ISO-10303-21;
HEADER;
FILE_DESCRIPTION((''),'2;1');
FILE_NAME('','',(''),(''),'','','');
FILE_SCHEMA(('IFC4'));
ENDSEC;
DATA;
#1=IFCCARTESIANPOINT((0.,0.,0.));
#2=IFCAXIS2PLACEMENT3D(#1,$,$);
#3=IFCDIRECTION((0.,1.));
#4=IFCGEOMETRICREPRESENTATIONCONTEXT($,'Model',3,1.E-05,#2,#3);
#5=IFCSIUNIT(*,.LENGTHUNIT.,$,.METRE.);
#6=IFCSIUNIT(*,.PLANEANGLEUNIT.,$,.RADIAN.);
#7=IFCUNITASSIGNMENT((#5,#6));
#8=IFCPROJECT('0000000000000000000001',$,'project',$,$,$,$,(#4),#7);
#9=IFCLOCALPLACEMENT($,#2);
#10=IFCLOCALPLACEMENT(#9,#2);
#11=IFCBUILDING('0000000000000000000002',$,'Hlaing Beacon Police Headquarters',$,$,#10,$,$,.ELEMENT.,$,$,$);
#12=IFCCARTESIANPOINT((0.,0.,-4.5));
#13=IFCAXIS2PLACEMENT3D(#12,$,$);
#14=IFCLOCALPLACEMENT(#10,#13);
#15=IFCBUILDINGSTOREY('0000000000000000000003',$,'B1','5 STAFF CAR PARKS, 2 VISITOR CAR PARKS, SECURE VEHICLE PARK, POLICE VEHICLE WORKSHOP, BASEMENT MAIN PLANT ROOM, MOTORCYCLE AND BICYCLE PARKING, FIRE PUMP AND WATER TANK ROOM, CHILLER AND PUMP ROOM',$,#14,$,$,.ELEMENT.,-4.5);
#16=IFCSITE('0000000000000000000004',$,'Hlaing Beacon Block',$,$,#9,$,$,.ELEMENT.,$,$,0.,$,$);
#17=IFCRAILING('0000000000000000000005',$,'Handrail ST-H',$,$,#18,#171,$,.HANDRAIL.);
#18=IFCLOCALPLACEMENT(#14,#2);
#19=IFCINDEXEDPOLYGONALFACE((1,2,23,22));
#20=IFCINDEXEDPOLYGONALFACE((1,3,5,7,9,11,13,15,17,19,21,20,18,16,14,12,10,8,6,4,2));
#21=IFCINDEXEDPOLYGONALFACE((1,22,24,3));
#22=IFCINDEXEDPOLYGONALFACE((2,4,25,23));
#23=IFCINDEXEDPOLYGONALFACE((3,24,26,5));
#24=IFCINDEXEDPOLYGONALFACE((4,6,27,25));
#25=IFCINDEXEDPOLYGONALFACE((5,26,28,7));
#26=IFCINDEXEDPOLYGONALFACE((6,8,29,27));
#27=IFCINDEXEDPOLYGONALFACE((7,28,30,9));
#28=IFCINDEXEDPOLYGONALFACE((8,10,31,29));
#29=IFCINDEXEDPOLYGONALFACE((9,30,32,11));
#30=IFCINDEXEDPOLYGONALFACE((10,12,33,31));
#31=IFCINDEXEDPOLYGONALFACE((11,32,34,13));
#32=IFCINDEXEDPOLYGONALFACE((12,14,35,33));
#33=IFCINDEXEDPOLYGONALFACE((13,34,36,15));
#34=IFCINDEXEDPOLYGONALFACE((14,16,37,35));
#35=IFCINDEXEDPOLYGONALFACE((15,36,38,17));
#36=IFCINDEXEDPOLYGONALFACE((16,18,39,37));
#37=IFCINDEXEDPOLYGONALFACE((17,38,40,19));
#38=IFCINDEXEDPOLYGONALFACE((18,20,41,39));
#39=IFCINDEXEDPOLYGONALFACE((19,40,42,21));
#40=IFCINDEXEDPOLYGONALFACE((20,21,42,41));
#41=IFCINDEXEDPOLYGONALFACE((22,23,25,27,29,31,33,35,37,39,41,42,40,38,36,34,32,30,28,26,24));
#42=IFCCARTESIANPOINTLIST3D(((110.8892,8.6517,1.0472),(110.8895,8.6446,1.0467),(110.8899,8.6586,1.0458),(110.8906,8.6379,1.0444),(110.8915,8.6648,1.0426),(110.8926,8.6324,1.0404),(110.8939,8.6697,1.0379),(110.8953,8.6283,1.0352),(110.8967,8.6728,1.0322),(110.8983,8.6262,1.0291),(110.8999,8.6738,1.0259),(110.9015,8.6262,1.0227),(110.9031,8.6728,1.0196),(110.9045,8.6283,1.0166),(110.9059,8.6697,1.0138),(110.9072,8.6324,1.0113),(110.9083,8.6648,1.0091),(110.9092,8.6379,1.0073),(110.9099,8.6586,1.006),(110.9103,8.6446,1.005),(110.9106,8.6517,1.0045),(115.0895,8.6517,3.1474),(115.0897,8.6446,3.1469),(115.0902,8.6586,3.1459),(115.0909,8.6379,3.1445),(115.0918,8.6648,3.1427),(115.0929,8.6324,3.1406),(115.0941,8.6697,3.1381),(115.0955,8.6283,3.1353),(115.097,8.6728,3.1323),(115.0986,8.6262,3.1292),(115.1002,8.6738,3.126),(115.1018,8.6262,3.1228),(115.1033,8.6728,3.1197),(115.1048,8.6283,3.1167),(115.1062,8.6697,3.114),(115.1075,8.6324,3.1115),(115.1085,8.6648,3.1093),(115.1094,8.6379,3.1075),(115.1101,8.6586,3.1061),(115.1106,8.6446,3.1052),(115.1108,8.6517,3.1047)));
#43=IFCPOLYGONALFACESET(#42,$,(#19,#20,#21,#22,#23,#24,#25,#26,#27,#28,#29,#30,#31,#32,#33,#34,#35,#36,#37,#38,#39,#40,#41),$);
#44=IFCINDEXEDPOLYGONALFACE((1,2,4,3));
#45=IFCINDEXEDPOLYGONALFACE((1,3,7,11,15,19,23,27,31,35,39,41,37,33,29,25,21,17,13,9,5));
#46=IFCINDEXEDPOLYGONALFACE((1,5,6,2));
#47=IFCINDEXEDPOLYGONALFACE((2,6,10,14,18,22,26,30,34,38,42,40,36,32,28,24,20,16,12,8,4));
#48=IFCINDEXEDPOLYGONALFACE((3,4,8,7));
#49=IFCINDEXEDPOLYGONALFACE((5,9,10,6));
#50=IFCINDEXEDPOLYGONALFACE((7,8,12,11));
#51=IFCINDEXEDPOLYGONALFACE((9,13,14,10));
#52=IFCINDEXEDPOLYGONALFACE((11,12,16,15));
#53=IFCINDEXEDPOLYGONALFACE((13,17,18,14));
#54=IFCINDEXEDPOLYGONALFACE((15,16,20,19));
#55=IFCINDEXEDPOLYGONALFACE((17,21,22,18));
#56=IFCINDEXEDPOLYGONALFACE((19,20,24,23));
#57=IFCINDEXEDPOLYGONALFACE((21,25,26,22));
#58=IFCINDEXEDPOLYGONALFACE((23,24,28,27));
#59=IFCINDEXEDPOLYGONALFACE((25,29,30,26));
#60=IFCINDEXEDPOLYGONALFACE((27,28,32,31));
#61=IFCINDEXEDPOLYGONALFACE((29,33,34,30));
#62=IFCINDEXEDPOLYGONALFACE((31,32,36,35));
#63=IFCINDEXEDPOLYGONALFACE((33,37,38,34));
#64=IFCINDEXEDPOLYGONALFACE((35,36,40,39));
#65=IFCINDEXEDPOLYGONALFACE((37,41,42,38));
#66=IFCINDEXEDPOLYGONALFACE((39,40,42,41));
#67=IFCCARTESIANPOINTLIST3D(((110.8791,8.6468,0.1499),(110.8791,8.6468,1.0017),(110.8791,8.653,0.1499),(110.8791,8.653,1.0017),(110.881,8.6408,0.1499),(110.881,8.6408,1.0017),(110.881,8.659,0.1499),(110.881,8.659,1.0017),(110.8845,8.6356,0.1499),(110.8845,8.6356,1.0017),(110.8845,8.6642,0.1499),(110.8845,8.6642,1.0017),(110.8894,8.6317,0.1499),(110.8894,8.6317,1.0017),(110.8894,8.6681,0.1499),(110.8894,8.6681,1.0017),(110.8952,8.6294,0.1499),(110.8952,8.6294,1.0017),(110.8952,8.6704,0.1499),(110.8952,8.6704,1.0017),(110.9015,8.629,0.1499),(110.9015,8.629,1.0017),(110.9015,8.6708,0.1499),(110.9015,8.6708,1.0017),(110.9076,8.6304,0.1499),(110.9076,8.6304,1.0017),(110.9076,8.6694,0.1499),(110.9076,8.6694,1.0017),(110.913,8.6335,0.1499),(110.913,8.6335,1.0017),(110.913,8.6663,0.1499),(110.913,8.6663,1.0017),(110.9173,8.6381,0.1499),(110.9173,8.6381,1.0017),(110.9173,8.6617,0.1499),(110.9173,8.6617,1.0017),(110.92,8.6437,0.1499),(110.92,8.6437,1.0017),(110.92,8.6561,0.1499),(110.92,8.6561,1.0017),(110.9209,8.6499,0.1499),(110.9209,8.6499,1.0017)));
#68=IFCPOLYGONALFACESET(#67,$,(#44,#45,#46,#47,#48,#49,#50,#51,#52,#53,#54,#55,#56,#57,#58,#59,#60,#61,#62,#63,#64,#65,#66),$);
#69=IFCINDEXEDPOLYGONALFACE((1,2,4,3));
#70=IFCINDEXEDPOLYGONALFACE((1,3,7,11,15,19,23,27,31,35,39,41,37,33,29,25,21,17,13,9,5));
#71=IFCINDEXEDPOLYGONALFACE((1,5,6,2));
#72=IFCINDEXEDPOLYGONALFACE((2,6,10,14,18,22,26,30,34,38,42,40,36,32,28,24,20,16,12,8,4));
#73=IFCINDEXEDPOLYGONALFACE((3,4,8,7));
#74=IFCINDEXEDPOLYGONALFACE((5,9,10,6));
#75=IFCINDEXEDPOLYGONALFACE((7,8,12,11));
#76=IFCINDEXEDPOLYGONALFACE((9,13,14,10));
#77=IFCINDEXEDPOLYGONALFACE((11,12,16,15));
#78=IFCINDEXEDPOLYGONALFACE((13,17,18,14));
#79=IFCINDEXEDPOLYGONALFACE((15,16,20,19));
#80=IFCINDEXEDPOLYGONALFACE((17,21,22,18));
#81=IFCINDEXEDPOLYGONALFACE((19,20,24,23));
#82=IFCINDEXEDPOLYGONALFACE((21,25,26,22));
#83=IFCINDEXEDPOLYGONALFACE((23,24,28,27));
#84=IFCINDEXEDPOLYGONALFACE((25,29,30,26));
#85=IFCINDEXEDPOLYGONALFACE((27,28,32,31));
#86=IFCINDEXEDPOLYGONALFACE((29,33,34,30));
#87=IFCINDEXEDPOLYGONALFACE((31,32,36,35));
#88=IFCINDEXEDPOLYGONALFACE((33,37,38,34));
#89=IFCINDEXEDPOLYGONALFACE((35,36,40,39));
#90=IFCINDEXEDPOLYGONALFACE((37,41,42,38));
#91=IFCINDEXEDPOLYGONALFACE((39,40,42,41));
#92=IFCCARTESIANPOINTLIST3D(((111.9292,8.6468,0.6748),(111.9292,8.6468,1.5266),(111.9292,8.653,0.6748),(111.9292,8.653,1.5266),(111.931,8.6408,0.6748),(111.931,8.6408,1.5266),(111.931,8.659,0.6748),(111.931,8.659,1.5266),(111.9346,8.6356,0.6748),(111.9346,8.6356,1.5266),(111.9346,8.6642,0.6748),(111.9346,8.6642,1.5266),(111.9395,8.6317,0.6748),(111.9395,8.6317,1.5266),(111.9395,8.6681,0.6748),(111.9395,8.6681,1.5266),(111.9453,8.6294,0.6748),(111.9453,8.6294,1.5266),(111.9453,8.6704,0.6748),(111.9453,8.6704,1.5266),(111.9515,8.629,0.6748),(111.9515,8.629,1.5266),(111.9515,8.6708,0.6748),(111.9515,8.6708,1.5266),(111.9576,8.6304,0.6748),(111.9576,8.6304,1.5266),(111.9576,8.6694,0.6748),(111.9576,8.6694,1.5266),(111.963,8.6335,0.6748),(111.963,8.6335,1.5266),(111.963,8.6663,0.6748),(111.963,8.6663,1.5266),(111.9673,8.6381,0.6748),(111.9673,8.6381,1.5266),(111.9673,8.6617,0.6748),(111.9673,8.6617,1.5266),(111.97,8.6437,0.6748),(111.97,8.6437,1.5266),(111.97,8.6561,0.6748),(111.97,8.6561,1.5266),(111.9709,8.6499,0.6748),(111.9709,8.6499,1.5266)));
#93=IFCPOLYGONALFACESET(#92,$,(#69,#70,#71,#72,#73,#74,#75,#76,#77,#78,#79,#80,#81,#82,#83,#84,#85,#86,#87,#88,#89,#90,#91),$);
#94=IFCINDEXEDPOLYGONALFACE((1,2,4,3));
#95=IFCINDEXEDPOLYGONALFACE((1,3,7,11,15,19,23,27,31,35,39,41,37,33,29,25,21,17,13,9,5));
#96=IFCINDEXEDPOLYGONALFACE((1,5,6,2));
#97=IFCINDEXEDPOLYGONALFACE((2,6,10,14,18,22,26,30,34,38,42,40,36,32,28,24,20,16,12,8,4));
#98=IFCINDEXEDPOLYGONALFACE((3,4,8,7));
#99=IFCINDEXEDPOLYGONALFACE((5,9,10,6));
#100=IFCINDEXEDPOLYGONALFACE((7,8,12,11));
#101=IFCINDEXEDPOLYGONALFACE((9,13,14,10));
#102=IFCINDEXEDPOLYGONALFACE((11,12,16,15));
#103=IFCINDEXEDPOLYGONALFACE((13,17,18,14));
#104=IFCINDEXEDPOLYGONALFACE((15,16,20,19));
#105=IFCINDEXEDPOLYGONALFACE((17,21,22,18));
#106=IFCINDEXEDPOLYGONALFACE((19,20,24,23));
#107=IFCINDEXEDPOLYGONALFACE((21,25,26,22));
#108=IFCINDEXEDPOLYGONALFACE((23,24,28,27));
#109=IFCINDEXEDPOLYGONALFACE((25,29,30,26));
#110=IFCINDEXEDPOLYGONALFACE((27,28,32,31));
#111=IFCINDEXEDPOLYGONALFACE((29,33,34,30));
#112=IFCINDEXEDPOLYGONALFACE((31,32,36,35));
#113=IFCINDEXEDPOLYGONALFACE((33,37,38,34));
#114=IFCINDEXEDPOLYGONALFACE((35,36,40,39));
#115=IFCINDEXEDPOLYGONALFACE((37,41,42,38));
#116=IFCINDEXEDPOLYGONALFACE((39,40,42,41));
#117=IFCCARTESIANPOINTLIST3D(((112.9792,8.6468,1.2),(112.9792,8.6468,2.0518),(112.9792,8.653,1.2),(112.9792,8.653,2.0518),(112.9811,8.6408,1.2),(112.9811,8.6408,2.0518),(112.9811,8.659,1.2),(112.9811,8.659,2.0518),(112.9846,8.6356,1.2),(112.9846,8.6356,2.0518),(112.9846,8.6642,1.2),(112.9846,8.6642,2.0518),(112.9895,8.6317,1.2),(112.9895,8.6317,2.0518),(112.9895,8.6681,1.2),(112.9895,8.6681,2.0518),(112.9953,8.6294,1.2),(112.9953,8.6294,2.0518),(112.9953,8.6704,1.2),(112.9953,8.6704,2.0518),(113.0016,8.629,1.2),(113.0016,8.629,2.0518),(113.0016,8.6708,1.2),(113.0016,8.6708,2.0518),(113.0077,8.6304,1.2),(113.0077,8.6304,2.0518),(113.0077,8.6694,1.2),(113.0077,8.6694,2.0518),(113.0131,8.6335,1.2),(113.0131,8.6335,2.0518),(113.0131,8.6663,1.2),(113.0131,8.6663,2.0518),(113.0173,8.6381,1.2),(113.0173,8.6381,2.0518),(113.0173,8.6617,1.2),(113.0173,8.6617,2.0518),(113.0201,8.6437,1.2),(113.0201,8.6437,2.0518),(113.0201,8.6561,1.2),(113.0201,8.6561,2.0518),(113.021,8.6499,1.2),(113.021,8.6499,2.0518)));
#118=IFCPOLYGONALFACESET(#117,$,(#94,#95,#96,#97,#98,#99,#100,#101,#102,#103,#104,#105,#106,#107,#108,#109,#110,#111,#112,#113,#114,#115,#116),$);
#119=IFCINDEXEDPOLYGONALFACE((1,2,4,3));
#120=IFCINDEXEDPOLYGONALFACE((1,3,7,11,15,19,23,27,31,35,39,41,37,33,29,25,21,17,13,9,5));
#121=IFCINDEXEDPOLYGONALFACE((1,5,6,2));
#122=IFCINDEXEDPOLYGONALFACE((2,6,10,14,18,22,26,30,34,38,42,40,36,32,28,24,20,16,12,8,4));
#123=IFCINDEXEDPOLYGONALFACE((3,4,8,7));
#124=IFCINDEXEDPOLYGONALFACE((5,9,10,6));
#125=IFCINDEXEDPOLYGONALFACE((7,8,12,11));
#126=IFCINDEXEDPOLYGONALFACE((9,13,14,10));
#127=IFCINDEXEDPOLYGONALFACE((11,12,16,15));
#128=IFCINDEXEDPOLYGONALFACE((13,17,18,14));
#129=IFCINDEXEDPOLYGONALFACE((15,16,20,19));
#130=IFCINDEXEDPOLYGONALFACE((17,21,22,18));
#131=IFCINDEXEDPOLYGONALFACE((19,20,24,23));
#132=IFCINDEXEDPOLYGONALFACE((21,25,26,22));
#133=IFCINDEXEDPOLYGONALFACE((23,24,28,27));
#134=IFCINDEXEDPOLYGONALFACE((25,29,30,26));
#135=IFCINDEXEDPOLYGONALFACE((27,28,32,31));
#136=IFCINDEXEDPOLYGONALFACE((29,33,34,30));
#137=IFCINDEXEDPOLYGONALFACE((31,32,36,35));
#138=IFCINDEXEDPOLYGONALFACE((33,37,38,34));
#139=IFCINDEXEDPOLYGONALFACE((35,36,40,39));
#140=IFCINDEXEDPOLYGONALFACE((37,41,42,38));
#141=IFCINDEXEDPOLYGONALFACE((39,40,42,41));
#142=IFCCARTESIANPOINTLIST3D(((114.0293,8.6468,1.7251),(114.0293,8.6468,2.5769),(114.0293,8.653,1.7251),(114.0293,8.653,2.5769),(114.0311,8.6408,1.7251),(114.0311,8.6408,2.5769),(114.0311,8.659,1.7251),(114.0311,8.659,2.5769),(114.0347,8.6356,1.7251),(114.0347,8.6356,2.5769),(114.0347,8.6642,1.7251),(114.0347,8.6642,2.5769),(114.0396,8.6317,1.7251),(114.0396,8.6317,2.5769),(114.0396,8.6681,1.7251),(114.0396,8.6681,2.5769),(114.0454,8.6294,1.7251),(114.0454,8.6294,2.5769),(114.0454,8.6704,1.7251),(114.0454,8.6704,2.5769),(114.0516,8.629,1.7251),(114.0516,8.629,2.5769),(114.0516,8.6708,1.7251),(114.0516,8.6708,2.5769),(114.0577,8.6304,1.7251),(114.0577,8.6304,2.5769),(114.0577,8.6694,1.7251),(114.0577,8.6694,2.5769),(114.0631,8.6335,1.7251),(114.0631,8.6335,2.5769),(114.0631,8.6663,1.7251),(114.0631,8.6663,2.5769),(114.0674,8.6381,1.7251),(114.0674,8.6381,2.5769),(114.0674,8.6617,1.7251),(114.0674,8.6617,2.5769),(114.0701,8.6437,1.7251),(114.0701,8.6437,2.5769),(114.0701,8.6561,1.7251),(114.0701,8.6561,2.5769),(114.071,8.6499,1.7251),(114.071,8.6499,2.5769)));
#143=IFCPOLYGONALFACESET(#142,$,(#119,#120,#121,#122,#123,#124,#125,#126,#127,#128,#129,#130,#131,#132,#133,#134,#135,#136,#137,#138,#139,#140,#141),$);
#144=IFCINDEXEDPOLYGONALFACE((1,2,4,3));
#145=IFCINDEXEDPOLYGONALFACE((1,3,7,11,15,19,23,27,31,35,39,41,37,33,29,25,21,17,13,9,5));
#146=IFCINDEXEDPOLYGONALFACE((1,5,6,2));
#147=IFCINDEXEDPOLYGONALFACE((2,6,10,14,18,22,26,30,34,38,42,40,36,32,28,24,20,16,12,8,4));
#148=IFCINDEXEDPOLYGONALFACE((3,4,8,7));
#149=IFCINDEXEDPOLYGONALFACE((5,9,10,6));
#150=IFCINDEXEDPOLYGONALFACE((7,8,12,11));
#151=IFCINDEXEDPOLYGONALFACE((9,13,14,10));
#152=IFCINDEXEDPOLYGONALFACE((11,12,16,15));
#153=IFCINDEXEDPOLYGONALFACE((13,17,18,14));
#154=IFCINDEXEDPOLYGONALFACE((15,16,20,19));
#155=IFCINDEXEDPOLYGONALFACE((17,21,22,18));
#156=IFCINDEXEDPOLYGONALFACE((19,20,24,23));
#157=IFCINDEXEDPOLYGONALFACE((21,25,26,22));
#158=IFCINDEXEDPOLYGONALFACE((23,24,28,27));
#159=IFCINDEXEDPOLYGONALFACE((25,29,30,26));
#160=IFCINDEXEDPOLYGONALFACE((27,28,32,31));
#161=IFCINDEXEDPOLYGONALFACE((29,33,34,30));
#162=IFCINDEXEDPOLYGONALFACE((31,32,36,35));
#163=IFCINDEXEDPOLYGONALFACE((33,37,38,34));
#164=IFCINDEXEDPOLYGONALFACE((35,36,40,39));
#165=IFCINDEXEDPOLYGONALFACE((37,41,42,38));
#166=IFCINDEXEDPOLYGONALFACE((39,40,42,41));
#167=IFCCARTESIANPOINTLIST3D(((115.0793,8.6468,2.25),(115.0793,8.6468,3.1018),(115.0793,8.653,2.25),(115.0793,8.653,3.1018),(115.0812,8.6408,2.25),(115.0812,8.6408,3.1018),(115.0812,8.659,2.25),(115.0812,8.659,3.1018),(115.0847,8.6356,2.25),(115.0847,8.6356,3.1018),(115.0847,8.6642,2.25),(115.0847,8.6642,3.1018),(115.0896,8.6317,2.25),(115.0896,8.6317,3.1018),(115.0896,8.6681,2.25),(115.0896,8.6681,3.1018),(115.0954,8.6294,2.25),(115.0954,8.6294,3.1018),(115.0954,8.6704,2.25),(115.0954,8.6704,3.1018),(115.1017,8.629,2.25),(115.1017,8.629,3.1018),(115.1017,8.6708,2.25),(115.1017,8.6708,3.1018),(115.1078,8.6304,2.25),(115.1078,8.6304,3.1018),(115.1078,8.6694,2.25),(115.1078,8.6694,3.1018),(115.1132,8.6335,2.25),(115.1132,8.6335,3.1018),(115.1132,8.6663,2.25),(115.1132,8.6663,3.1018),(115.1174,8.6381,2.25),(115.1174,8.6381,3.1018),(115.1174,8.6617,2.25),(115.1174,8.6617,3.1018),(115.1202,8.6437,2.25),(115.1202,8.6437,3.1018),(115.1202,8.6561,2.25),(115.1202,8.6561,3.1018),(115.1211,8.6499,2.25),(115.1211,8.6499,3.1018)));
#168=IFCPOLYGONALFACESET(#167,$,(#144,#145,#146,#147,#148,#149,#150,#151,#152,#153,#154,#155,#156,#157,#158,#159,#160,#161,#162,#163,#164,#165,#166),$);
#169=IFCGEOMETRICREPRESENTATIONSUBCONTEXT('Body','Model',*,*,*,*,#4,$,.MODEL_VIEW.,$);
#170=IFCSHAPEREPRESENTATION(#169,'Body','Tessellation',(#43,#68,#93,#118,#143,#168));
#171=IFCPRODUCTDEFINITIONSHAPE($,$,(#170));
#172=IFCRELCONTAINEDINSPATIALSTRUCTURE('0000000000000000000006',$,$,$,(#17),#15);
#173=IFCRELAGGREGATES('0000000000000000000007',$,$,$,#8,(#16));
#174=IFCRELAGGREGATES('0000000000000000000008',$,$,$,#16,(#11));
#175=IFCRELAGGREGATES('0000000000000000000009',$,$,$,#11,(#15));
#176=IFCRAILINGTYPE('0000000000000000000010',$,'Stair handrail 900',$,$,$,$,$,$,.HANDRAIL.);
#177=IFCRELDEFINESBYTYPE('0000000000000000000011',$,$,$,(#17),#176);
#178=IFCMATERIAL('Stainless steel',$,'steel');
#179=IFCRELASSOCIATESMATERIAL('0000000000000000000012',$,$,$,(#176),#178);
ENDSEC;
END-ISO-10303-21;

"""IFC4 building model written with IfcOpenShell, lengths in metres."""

from ifc_helpers import new_model, si_unit, direction, frame, origin, origin_2d, place, context, subcontext, project, spatial, circle, extrude, material, type_object, element, save


model = new_model("IFC4")

# Units and contexts
model_context = context("Model", 3, precision=1e-05, world=origin(), true_north=direction((0.0, 1.0)))
body_context = subcontext(model_context, "Body", "Model", "MODEL_VIEW")
ifc_project = project(units=[si_unit("LENGTHUNIT", "METRE"), si_unit("PLANEANGLEUNIT", "RADIAN")], contexts=[model_context])

# Site, building, storey
site_placement = place(None, origin())
site = spatial("IfcSite", under=ifc_project, at=site_placement, Name="Hlaing Beacon Block", CompositionType="ELEMENT", RefElevation=0.0)
building_placement = place(site_placement, origin())
building = spatial("IfcBuilding", under=site, at=building_placement, Name="Hlaing Beacon Police Headquarters", CompositionType="ELEMENT")
storey_placement = place(building_placement, frame((0.0, 0.0, -4.5)))
storey = spatial("IfcBuildingStorey", under=building, at=storey_placement, Name="B1", Description="5 STAFF CAR PARKS, 2 VISITOR CAR PARKS, SECURE VEHICLE PARK, POLICE VEHICLE WORKSHOP, BASEMENT MAIN PLANT ROOM, MOTORCYCLE AND BICYCLE PARKING, FIRE PUMP AND WATER TANK ROOM, CHILLER AND PUMP ROOM", CompositionType="ELEMENT", Elevation=-4.5)

# Railing
ifc_material_1 = material(Name="Stainless steel", Category="steel")
railing_type = type_object("IfcRailingType", Name="Stair handrail 900", PredefinedType="HANDRAIL", material=ifc_material_1)
railing_placement = place(storey_placement, frame((110.8999, 8.6499, 0.1499)))
element("IfcRailing", 1, at=railing_placement, inside=storey, type_object=railing_type, Name="Handrail ST-H", PredefinedType="HANDRAIL", context=body_context, shape_type="SweptSolid", body=[
    extrude(circle(Radius=0.0239, at=origin_2d()), frame((0.0, 0.0, 0.876), z_axis=(0.894427, 0.0, 0.447214), x_axis=(0.0, 1.0, 0.0)), (0.0, 0.0, 1.0), 4.696),
    extrude(circle(Radius=0.021, at=origin_2d()), origin(), (0.0, 0.0, 1.0), 0.8518),
    extrude(circle(Radius=0.021, at=origin_2d()), frame((1.05, 0.0, 0.5249)), (0.0, 0.0, 1.0), 0.8518),
    extrude(circle(Radius=0.021, at=origin_2d()), frame((2.1001, 0.0, 1.05)), (0.0, 0.0, 1.0), 0.8518),
    extrude(circle(Radius=0.021, at=origin_2d()), frame((3.1501, 0.0, 1.5752)), (0.0, 0.0, 1.0), 0.8518),
    extrude(circle(Radius=0.021, at=origin_2d()), frame((4.2002, 0.0, 2.1001)), (0.0, 0.0, 1.0), 0.8518),
])

save(model, "model.ifc")
